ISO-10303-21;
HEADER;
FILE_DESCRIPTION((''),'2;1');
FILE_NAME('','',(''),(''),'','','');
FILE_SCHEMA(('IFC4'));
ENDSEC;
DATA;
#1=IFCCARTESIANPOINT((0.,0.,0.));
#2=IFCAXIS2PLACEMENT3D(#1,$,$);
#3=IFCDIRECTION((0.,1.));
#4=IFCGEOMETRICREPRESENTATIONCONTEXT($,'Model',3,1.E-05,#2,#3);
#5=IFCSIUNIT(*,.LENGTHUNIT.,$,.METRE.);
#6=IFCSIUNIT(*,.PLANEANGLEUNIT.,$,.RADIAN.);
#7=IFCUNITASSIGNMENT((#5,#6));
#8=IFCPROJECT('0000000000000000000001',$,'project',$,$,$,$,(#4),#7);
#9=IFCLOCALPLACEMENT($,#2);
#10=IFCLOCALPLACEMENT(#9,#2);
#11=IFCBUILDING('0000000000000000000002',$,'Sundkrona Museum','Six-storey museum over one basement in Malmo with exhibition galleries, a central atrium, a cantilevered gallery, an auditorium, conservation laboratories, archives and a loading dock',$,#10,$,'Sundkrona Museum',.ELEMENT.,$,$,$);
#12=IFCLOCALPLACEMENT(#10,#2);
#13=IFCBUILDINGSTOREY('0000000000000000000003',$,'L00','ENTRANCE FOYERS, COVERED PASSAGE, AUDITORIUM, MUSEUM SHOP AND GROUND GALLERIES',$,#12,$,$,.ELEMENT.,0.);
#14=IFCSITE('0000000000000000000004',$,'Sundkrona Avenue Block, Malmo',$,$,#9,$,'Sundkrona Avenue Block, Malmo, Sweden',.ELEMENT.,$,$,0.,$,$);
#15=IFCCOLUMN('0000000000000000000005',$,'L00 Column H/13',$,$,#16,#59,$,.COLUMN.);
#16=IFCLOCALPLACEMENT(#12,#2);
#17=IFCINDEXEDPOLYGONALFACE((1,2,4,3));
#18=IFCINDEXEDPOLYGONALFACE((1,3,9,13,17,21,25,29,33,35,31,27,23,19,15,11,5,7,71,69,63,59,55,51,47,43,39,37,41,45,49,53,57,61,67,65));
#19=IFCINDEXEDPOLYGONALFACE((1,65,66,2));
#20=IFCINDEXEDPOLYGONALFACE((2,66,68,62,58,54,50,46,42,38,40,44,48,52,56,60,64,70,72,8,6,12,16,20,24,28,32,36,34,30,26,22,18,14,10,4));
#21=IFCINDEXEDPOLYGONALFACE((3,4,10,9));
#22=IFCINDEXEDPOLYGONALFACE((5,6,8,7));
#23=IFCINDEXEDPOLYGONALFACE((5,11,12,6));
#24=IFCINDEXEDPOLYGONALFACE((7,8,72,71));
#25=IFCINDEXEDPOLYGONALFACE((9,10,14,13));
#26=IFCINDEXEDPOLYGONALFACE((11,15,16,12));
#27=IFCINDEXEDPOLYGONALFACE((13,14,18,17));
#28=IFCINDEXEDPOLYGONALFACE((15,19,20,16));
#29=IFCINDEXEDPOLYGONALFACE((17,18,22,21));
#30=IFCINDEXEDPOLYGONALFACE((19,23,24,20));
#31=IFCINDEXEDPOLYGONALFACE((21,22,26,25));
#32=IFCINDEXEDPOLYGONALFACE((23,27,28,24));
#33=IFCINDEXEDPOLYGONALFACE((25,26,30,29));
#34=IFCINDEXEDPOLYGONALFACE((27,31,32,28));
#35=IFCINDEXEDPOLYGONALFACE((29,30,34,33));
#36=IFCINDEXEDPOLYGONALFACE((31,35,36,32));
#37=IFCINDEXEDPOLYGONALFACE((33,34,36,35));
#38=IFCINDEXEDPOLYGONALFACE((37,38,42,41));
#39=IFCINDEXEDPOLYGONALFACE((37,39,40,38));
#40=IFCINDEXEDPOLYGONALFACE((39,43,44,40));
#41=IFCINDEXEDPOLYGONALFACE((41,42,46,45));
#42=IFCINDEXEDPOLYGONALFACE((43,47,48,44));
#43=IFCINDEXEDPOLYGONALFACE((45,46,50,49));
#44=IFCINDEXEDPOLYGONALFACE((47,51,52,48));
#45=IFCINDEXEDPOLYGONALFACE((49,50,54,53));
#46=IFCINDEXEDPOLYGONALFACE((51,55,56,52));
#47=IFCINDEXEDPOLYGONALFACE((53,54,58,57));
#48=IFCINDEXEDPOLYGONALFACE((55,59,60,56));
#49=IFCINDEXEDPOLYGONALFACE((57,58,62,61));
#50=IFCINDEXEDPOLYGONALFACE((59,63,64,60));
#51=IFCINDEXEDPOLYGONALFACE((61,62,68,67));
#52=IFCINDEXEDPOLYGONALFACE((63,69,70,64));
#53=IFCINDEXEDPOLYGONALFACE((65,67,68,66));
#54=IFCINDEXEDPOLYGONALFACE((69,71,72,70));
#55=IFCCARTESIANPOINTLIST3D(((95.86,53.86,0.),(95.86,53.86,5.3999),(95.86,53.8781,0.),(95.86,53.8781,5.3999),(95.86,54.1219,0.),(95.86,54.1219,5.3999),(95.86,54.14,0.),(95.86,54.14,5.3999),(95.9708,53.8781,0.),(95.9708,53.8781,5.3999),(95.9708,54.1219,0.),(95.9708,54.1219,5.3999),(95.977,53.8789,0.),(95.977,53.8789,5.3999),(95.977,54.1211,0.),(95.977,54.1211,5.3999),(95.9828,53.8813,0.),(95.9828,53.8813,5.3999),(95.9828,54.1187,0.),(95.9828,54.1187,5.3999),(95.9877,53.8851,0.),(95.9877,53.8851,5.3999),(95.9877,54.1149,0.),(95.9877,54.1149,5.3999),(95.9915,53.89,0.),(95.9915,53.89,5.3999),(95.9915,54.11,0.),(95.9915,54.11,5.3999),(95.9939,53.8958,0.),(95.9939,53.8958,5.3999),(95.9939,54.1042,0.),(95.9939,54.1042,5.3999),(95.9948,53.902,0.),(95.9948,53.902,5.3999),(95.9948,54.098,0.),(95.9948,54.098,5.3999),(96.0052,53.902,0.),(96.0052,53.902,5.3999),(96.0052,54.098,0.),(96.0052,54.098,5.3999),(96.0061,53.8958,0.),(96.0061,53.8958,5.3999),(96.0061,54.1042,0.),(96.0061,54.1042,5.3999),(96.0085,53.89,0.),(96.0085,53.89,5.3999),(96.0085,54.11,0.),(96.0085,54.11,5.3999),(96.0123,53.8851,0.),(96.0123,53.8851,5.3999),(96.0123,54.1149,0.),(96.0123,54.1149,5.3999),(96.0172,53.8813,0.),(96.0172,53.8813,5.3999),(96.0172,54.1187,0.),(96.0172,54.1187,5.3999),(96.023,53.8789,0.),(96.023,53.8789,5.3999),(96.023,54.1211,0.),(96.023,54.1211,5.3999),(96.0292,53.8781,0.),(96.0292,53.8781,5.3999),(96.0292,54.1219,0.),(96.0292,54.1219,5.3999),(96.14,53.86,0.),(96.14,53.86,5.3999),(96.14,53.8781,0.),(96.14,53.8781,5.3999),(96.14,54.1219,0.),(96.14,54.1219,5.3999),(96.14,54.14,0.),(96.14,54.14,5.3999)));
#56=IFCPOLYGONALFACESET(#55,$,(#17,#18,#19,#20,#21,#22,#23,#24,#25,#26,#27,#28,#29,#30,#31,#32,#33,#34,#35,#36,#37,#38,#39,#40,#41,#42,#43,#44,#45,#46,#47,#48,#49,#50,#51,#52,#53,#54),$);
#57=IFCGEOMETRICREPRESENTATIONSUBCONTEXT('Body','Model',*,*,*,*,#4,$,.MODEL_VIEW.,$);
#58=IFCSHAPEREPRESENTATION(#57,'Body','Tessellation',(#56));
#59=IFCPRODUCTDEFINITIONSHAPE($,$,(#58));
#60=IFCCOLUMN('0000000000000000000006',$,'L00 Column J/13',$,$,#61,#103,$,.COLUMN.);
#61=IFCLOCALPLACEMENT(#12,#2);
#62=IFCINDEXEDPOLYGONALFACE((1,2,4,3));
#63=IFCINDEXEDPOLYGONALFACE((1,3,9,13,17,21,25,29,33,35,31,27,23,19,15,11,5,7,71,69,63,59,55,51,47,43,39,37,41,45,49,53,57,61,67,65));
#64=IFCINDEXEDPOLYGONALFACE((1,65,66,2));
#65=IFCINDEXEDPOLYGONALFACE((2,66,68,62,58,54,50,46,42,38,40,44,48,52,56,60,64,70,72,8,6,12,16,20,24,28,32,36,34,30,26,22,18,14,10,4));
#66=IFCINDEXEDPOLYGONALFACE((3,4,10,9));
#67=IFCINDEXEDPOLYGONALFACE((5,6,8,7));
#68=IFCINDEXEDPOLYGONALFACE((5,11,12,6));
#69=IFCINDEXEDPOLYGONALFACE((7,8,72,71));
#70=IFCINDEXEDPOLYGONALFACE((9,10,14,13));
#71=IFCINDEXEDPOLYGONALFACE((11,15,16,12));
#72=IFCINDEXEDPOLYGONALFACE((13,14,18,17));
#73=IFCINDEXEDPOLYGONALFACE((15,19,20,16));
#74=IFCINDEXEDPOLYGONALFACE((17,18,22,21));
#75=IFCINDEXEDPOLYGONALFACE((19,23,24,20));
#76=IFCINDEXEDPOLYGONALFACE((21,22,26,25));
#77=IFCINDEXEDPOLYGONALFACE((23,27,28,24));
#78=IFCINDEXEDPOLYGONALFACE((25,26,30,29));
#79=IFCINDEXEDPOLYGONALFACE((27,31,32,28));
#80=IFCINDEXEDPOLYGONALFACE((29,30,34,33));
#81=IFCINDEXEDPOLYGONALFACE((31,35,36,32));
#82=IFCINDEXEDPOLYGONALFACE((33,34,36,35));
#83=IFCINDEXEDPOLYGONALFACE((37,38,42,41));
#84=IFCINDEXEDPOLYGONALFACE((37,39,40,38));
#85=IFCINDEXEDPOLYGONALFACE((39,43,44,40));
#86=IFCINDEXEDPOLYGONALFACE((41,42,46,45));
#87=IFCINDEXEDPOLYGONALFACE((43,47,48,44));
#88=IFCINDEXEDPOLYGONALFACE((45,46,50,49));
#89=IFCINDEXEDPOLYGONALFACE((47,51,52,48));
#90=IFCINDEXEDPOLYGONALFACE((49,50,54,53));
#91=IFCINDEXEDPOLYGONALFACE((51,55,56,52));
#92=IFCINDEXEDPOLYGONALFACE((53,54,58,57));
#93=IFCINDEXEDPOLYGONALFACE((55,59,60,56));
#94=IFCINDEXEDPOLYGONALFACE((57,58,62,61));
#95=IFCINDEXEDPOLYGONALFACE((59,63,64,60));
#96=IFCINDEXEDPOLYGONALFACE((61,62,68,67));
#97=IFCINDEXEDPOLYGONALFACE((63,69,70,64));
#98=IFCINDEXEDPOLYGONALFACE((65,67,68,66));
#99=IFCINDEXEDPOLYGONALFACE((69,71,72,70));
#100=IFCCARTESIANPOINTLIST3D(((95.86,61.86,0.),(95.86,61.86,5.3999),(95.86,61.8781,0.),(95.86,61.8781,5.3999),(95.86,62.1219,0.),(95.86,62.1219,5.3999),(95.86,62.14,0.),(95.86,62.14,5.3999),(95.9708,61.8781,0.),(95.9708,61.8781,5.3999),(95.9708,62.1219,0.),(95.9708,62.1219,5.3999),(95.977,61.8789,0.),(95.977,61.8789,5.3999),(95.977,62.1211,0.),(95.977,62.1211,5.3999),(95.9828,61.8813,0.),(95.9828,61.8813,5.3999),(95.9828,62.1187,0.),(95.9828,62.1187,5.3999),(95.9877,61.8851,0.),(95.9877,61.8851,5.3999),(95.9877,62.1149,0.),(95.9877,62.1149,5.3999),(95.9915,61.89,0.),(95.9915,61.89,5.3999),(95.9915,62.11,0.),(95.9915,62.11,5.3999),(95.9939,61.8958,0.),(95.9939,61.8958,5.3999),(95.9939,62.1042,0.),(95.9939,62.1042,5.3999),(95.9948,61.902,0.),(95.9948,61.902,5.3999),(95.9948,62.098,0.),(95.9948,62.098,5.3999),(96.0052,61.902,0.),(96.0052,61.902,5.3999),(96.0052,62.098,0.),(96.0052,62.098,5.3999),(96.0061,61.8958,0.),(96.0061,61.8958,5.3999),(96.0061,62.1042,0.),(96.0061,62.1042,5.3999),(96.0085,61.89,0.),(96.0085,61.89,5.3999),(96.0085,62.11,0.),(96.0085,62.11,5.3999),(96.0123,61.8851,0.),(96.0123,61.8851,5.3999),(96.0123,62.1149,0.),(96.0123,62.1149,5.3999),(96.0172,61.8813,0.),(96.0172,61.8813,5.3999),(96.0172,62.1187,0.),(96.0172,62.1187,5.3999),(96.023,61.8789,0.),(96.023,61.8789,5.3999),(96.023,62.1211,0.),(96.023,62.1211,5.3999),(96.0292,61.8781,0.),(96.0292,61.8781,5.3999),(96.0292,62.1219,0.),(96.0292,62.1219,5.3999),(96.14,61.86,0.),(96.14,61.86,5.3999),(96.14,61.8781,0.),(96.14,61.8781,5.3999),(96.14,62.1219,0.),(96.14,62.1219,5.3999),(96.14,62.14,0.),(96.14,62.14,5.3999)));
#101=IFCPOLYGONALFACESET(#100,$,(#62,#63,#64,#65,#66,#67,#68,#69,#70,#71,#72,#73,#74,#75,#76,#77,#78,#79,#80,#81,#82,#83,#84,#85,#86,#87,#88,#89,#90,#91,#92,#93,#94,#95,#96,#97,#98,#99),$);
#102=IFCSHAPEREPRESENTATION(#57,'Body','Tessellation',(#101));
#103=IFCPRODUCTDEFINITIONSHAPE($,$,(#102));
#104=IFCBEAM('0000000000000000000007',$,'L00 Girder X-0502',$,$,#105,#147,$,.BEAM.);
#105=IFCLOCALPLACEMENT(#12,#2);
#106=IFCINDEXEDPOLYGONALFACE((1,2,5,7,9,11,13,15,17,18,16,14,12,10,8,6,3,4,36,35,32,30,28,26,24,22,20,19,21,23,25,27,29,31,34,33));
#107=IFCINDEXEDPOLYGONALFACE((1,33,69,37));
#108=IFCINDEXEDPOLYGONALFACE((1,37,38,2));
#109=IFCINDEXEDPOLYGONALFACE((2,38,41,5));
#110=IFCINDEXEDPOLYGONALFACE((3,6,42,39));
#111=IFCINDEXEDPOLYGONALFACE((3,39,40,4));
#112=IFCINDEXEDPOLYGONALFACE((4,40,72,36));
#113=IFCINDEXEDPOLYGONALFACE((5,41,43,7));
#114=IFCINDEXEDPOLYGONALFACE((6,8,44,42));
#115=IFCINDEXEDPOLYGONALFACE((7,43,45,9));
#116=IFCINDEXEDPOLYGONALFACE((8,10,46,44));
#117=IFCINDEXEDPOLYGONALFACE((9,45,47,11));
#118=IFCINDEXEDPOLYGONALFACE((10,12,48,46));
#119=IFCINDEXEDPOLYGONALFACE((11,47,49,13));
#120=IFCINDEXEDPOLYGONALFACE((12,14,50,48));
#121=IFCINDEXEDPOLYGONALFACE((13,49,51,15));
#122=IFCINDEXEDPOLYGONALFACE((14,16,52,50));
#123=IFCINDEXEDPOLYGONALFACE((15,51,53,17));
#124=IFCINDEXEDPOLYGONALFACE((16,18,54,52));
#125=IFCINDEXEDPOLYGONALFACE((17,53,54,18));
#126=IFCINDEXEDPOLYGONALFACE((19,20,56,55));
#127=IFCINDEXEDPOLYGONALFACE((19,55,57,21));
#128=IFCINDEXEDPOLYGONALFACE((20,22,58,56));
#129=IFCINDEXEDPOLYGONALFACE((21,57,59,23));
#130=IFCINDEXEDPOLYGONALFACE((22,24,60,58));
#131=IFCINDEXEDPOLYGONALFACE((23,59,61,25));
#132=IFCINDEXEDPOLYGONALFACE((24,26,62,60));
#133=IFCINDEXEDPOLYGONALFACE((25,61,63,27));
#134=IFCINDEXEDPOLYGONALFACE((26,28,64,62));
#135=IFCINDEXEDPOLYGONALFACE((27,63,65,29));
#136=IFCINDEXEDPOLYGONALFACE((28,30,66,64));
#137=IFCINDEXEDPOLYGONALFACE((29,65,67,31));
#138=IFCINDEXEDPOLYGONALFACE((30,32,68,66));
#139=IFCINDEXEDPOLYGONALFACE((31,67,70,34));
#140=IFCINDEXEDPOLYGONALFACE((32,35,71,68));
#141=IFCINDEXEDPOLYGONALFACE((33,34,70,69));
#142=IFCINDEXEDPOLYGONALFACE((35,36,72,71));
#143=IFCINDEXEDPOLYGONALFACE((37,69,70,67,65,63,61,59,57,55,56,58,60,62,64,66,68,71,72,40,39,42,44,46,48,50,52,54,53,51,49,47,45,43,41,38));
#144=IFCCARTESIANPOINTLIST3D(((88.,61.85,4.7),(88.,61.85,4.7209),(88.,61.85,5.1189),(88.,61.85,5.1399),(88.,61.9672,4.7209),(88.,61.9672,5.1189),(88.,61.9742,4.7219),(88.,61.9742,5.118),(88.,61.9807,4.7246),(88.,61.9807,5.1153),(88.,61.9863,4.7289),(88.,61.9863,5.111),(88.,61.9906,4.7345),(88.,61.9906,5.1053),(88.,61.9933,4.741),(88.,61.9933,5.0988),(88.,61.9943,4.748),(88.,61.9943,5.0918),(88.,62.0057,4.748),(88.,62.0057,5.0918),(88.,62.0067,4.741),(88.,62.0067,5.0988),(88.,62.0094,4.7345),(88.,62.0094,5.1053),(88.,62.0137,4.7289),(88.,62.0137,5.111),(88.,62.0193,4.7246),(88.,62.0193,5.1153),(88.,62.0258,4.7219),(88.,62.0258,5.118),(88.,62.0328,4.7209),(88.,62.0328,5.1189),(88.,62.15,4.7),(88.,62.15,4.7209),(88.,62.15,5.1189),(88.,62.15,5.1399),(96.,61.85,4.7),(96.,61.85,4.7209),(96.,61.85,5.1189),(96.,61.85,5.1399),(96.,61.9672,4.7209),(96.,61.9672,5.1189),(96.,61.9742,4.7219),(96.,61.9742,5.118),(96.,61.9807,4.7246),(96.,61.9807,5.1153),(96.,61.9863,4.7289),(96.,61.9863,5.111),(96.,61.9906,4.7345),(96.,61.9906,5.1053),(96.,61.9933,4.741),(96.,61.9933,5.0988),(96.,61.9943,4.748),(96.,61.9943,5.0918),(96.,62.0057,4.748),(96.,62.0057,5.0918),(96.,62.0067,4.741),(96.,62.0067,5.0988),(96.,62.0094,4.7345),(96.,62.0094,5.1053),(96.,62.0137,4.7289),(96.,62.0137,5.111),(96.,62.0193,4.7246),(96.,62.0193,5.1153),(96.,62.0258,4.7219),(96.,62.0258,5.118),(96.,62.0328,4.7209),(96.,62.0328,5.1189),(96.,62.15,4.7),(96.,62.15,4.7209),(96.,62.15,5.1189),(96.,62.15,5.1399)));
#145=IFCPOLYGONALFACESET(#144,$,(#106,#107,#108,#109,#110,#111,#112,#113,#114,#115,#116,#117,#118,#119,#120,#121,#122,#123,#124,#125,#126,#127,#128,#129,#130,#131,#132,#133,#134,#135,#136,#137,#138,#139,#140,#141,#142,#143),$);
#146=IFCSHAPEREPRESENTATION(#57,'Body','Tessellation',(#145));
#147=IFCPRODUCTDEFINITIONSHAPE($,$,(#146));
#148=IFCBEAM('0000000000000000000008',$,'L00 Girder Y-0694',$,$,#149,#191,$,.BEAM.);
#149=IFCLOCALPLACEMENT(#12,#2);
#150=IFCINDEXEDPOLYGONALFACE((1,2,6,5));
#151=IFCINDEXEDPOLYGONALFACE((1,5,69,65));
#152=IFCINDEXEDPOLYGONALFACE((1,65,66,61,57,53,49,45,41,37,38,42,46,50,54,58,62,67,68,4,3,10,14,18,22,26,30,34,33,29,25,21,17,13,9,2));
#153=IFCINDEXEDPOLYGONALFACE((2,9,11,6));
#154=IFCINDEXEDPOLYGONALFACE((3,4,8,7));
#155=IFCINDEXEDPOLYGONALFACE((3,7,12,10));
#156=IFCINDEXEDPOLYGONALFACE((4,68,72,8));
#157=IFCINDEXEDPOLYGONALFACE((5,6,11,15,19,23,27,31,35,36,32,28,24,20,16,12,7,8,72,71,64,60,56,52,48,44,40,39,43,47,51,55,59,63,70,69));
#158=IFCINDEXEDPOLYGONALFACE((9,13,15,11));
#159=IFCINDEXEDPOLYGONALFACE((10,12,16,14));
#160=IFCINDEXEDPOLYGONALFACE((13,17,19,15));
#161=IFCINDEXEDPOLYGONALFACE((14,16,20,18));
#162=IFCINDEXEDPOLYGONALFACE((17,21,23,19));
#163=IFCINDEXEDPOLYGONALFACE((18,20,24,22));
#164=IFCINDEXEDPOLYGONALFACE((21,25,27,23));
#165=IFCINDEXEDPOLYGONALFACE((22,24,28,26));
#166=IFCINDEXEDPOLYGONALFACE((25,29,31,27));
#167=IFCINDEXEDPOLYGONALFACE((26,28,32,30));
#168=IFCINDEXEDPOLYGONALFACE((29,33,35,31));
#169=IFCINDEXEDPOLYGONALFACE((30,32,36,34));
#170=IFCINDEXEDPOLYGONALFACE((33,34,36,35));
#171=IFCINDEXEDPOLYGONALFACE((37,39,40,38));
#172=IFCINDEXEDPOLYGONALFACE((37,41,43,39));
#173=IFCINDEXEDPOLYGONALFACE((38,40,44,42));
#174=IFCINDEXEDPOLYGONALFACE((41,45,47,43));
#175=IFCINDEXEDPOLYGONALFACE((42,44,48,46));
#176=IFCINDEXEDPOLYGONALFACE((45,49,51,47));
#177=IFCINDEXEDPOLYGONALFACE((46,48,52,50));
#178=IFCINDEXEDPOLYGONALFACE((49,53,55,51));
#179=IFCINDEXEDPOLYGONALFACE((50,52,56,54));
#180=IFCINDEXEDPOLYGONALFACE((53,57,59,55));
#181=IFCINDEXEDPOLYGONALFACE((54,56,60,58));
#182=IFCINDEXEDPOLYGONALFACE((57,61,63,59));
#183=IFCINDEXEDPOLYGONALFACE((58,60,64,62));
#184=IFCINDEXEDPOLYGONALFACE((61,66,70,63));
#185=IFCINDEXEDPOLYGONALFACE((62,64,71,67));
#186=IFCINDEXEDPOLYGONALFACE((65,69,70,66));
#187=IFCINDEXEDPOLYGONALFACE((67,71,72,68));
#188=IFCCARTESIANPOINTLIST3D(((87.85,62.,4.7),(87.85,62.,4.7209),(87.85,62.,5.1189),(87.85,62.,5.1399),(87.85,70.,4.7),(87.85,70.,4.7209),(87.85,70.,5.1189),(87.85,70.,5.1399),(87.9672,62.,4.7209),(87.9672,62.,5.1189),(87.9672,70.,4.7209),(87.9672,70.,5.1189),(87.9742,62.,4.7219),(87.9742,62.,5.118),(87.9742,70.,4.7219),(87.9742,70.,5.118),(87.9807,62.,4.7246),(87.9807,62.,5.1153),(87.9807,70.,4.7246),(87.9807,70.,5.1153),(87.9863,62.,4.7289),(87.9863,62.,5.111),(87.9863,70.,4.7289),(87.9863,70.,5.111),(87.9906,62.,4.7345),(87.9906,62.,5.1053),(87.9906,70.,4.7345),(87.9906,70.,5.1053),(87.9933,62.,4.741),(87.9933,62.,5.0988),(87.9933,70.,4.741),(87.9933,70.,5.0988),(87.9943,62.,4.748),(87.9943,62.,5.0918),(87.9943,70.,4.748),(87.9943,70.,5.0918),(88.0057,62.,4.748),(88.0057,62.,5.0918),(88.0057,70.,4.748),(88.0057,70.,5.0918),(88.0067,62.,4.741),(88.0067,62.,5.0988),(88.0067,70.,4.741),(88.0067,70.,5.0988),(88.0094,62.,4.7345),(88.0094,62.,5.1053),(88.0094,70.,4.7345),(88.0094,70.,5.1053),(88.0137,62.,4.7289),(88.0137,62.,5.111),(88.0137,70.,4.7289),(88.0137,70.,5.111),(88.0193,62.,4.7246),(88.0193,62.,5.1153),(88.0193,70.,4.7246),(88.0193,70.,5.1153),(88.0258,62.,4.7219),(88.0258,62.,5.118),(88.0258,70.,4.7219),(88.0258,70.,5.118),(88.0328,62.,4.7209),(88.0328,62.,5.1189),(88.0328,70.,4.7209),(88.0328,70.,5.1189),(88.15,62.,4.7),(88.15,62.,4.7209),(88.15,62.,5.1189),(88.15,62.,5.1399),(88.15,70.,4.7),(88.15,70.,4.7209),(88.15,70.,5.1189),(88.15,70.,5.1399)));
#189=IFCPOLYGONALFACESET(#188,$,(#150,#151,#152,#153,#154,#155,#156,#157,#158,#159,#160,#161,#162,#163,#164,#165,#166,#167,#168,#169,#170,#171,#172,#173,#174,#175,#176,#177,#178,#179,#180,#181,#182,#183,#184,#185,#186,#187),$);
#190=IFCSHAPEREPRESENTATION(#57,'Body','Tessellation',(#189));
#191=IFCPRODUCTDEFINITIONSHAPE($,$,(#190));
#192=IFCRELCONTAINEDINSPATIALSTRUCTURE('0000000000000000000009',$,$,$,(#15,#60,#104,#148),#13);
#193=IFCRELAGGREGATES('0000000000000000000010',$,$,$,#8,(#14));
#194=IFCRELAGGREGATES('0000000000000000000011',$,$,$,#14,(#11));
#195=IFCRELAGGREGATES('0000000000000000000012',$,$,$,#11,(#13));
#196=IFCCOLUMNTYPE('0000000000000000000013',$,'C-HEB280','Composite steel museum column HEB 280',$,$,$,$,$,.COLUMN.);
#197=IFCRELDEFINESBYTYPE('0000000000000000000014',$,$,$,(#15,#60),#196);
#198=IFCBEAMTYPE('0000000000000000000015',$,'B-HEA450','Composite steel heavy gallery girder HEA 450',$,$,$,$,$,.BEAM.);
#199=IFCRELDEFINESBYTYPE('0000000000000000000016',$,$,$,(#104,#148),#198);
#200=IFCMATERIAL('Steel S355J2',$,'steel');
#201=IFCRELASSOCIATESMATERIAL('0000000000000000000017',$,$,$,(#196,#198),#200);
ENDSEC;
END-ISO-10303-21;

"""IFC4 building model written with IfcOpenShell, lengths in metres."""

from ifc_helpers import new_model, si_unit, direction, frame, origin, origin_2d, place, context, subcontext, project, spatial, i_section, extrude, material, material_profile, profile_set, type_object, element, save


model = new_model("IFC4")

# Units and contexts
model_context = context("Model", 3, precision=1e-05, world=origin(), true_north=direction((0.0, 1.0)))
body_context = subcontext(model_context, "Body", "Model", "MODEL_VIEW")
ifc_project = project(units=[si_unit("LENGTHUNIT", "METRE"), si_unit("PLANEANGLEUNIT", "RADIAN")], contexts=[model_context])

# Site, building, storey
site_placement = place(None, origin())
site = spatial("IfcSite", under=ifc_project, at=site_placement, Name="Sundkrona Avenue Block, Malmo", LongName="Sundkrona Avenue Block, Malmo, Sweden", CompositionType="ELEMENT", RefElevation=0.0)
building_placement = place(site_placement, origin())
building = spatial("IfcBuilding", under=site, at=building_placement, Name="Sundkrona Museum", Description="Six-storey museum over one basement in Malmo with exhibition galleries, a central atrium, a cantilevered gallery, an auditorium, conservation laboratories, archives and a loading dock", LongName="Sundkrona Museum", CompositionType="ELEMENT")
storey_placement = place(building_placement, origin())
storey = spatial("IfcBuildingStorey", under=building, at=storey_placement, Name="L00", Description="ENTRANCE FOYERS, COVERED PASSAGE, AUDITORIUM, MUSEUM SHOP AND GROUND GALLERIES", CompositionType="ELEMENT", Elevation=0.0)

# Columns
ifc_material_1 = material(Name="Steel S355J2", Category="steel")
ifc_material_profile_1 = material_profile(ifc_material_1, i_section(OverallWidth=0.28, OverallDepth=0.28, WebThickness=0.0105, FlangeThickness=0.0181, FilletRadius=0.0239, at=origin_2d()), Name="HEB 280")
ifc_profile_set_1 = profile_set([ifc_material_profile_1], Name="Steel S355J2")
column_type = type_object("IfcColumnType", Name="C-HEB280", Description="Composite steel museum column HEB 280", PredefinedType="COLUMN", material=ifc_profile_set_1)
for number, where, z_axis, x_axis, name in (
    (1, (96.0, 54.0, 0.0), (0.0, 0.0, 1.0), (1.0, 0.0, 0.0), "L00 Column H/13"),
    (2, (96.0, 62.0, 0.0), (0.0, 0.0, 1.0), (1.0, 0.0, 0.0), "L00 Column J/13"),
):
    element("IfcColumn", number, at=place(storey_placement, frame(where, z_axis=z_axis, x_axis=x_axis)), inside=storey, type_object=column_type, Name=name, PredefinedType="COLUMN", context=body_context, shape_type="SweptSolid", body=[
        extrude(i_section(OverallWidth=0.28, OverallDepth=0.28, WebThickness=0.0105, FlangeThickness=0.0181, FilletRadius=0.0239, at=origin_2d()), origin(), (0.0, 0.0, 1.0), 5.3999),
    ])

# Beams
ifc_material_profile_2 = material_profile(ifc_material_1, i_section(OverallWidth=0.3, OverallDepth=0.4399, WebThickness=0.0115, FlangeThickness=0.021, FilletRadius=0.0271, at=origin_2d()), Name="HEA 450")
ifc_profile_set_2 = profile_set([ifc_material_profile_2], Name="Steel S355J2")
beam_type_1 = type_object("IfcBeamType", Name="B-HEA450", Description="Composite steel heavy gallery girder HEA 450", PredefinedType="BEAM", material=ifc_profile_set_2)
for number, where, z_axis, x_axis, name in (
    (3, (88.0, 62.0, 4.9199), (1.0, 0.0, 0.0), (0.0, 1.0, 0.0), "L00 Girder X-0502"),
    (4, (88.0, 62.0, 4.9199), (0.0, 1.0, 0.0), (-1.0, 0.0, 0.0), "L00 Girder Y-0694"),
):
    element("IfcBeam", number, at=place(storey_placement, frame(where, z_axis=z_axis, x_axis=x_axis)), inside=storey, type_object=beam_type_1, Name=name, PredefinedType="BEAM", context=body_context, shape_type="SweptSolid", body=[
        extrude(i_section(OverallWidth=0.3, OverallDepth=0.4399, WebThickness=0.0115, FlangeThickness=0.021, FilletRadius=0.0271, at=origin_2d()), origin(), (0.0, 0.0, 1.0), 8.0),
    ])

save(model, "model.ifc")
